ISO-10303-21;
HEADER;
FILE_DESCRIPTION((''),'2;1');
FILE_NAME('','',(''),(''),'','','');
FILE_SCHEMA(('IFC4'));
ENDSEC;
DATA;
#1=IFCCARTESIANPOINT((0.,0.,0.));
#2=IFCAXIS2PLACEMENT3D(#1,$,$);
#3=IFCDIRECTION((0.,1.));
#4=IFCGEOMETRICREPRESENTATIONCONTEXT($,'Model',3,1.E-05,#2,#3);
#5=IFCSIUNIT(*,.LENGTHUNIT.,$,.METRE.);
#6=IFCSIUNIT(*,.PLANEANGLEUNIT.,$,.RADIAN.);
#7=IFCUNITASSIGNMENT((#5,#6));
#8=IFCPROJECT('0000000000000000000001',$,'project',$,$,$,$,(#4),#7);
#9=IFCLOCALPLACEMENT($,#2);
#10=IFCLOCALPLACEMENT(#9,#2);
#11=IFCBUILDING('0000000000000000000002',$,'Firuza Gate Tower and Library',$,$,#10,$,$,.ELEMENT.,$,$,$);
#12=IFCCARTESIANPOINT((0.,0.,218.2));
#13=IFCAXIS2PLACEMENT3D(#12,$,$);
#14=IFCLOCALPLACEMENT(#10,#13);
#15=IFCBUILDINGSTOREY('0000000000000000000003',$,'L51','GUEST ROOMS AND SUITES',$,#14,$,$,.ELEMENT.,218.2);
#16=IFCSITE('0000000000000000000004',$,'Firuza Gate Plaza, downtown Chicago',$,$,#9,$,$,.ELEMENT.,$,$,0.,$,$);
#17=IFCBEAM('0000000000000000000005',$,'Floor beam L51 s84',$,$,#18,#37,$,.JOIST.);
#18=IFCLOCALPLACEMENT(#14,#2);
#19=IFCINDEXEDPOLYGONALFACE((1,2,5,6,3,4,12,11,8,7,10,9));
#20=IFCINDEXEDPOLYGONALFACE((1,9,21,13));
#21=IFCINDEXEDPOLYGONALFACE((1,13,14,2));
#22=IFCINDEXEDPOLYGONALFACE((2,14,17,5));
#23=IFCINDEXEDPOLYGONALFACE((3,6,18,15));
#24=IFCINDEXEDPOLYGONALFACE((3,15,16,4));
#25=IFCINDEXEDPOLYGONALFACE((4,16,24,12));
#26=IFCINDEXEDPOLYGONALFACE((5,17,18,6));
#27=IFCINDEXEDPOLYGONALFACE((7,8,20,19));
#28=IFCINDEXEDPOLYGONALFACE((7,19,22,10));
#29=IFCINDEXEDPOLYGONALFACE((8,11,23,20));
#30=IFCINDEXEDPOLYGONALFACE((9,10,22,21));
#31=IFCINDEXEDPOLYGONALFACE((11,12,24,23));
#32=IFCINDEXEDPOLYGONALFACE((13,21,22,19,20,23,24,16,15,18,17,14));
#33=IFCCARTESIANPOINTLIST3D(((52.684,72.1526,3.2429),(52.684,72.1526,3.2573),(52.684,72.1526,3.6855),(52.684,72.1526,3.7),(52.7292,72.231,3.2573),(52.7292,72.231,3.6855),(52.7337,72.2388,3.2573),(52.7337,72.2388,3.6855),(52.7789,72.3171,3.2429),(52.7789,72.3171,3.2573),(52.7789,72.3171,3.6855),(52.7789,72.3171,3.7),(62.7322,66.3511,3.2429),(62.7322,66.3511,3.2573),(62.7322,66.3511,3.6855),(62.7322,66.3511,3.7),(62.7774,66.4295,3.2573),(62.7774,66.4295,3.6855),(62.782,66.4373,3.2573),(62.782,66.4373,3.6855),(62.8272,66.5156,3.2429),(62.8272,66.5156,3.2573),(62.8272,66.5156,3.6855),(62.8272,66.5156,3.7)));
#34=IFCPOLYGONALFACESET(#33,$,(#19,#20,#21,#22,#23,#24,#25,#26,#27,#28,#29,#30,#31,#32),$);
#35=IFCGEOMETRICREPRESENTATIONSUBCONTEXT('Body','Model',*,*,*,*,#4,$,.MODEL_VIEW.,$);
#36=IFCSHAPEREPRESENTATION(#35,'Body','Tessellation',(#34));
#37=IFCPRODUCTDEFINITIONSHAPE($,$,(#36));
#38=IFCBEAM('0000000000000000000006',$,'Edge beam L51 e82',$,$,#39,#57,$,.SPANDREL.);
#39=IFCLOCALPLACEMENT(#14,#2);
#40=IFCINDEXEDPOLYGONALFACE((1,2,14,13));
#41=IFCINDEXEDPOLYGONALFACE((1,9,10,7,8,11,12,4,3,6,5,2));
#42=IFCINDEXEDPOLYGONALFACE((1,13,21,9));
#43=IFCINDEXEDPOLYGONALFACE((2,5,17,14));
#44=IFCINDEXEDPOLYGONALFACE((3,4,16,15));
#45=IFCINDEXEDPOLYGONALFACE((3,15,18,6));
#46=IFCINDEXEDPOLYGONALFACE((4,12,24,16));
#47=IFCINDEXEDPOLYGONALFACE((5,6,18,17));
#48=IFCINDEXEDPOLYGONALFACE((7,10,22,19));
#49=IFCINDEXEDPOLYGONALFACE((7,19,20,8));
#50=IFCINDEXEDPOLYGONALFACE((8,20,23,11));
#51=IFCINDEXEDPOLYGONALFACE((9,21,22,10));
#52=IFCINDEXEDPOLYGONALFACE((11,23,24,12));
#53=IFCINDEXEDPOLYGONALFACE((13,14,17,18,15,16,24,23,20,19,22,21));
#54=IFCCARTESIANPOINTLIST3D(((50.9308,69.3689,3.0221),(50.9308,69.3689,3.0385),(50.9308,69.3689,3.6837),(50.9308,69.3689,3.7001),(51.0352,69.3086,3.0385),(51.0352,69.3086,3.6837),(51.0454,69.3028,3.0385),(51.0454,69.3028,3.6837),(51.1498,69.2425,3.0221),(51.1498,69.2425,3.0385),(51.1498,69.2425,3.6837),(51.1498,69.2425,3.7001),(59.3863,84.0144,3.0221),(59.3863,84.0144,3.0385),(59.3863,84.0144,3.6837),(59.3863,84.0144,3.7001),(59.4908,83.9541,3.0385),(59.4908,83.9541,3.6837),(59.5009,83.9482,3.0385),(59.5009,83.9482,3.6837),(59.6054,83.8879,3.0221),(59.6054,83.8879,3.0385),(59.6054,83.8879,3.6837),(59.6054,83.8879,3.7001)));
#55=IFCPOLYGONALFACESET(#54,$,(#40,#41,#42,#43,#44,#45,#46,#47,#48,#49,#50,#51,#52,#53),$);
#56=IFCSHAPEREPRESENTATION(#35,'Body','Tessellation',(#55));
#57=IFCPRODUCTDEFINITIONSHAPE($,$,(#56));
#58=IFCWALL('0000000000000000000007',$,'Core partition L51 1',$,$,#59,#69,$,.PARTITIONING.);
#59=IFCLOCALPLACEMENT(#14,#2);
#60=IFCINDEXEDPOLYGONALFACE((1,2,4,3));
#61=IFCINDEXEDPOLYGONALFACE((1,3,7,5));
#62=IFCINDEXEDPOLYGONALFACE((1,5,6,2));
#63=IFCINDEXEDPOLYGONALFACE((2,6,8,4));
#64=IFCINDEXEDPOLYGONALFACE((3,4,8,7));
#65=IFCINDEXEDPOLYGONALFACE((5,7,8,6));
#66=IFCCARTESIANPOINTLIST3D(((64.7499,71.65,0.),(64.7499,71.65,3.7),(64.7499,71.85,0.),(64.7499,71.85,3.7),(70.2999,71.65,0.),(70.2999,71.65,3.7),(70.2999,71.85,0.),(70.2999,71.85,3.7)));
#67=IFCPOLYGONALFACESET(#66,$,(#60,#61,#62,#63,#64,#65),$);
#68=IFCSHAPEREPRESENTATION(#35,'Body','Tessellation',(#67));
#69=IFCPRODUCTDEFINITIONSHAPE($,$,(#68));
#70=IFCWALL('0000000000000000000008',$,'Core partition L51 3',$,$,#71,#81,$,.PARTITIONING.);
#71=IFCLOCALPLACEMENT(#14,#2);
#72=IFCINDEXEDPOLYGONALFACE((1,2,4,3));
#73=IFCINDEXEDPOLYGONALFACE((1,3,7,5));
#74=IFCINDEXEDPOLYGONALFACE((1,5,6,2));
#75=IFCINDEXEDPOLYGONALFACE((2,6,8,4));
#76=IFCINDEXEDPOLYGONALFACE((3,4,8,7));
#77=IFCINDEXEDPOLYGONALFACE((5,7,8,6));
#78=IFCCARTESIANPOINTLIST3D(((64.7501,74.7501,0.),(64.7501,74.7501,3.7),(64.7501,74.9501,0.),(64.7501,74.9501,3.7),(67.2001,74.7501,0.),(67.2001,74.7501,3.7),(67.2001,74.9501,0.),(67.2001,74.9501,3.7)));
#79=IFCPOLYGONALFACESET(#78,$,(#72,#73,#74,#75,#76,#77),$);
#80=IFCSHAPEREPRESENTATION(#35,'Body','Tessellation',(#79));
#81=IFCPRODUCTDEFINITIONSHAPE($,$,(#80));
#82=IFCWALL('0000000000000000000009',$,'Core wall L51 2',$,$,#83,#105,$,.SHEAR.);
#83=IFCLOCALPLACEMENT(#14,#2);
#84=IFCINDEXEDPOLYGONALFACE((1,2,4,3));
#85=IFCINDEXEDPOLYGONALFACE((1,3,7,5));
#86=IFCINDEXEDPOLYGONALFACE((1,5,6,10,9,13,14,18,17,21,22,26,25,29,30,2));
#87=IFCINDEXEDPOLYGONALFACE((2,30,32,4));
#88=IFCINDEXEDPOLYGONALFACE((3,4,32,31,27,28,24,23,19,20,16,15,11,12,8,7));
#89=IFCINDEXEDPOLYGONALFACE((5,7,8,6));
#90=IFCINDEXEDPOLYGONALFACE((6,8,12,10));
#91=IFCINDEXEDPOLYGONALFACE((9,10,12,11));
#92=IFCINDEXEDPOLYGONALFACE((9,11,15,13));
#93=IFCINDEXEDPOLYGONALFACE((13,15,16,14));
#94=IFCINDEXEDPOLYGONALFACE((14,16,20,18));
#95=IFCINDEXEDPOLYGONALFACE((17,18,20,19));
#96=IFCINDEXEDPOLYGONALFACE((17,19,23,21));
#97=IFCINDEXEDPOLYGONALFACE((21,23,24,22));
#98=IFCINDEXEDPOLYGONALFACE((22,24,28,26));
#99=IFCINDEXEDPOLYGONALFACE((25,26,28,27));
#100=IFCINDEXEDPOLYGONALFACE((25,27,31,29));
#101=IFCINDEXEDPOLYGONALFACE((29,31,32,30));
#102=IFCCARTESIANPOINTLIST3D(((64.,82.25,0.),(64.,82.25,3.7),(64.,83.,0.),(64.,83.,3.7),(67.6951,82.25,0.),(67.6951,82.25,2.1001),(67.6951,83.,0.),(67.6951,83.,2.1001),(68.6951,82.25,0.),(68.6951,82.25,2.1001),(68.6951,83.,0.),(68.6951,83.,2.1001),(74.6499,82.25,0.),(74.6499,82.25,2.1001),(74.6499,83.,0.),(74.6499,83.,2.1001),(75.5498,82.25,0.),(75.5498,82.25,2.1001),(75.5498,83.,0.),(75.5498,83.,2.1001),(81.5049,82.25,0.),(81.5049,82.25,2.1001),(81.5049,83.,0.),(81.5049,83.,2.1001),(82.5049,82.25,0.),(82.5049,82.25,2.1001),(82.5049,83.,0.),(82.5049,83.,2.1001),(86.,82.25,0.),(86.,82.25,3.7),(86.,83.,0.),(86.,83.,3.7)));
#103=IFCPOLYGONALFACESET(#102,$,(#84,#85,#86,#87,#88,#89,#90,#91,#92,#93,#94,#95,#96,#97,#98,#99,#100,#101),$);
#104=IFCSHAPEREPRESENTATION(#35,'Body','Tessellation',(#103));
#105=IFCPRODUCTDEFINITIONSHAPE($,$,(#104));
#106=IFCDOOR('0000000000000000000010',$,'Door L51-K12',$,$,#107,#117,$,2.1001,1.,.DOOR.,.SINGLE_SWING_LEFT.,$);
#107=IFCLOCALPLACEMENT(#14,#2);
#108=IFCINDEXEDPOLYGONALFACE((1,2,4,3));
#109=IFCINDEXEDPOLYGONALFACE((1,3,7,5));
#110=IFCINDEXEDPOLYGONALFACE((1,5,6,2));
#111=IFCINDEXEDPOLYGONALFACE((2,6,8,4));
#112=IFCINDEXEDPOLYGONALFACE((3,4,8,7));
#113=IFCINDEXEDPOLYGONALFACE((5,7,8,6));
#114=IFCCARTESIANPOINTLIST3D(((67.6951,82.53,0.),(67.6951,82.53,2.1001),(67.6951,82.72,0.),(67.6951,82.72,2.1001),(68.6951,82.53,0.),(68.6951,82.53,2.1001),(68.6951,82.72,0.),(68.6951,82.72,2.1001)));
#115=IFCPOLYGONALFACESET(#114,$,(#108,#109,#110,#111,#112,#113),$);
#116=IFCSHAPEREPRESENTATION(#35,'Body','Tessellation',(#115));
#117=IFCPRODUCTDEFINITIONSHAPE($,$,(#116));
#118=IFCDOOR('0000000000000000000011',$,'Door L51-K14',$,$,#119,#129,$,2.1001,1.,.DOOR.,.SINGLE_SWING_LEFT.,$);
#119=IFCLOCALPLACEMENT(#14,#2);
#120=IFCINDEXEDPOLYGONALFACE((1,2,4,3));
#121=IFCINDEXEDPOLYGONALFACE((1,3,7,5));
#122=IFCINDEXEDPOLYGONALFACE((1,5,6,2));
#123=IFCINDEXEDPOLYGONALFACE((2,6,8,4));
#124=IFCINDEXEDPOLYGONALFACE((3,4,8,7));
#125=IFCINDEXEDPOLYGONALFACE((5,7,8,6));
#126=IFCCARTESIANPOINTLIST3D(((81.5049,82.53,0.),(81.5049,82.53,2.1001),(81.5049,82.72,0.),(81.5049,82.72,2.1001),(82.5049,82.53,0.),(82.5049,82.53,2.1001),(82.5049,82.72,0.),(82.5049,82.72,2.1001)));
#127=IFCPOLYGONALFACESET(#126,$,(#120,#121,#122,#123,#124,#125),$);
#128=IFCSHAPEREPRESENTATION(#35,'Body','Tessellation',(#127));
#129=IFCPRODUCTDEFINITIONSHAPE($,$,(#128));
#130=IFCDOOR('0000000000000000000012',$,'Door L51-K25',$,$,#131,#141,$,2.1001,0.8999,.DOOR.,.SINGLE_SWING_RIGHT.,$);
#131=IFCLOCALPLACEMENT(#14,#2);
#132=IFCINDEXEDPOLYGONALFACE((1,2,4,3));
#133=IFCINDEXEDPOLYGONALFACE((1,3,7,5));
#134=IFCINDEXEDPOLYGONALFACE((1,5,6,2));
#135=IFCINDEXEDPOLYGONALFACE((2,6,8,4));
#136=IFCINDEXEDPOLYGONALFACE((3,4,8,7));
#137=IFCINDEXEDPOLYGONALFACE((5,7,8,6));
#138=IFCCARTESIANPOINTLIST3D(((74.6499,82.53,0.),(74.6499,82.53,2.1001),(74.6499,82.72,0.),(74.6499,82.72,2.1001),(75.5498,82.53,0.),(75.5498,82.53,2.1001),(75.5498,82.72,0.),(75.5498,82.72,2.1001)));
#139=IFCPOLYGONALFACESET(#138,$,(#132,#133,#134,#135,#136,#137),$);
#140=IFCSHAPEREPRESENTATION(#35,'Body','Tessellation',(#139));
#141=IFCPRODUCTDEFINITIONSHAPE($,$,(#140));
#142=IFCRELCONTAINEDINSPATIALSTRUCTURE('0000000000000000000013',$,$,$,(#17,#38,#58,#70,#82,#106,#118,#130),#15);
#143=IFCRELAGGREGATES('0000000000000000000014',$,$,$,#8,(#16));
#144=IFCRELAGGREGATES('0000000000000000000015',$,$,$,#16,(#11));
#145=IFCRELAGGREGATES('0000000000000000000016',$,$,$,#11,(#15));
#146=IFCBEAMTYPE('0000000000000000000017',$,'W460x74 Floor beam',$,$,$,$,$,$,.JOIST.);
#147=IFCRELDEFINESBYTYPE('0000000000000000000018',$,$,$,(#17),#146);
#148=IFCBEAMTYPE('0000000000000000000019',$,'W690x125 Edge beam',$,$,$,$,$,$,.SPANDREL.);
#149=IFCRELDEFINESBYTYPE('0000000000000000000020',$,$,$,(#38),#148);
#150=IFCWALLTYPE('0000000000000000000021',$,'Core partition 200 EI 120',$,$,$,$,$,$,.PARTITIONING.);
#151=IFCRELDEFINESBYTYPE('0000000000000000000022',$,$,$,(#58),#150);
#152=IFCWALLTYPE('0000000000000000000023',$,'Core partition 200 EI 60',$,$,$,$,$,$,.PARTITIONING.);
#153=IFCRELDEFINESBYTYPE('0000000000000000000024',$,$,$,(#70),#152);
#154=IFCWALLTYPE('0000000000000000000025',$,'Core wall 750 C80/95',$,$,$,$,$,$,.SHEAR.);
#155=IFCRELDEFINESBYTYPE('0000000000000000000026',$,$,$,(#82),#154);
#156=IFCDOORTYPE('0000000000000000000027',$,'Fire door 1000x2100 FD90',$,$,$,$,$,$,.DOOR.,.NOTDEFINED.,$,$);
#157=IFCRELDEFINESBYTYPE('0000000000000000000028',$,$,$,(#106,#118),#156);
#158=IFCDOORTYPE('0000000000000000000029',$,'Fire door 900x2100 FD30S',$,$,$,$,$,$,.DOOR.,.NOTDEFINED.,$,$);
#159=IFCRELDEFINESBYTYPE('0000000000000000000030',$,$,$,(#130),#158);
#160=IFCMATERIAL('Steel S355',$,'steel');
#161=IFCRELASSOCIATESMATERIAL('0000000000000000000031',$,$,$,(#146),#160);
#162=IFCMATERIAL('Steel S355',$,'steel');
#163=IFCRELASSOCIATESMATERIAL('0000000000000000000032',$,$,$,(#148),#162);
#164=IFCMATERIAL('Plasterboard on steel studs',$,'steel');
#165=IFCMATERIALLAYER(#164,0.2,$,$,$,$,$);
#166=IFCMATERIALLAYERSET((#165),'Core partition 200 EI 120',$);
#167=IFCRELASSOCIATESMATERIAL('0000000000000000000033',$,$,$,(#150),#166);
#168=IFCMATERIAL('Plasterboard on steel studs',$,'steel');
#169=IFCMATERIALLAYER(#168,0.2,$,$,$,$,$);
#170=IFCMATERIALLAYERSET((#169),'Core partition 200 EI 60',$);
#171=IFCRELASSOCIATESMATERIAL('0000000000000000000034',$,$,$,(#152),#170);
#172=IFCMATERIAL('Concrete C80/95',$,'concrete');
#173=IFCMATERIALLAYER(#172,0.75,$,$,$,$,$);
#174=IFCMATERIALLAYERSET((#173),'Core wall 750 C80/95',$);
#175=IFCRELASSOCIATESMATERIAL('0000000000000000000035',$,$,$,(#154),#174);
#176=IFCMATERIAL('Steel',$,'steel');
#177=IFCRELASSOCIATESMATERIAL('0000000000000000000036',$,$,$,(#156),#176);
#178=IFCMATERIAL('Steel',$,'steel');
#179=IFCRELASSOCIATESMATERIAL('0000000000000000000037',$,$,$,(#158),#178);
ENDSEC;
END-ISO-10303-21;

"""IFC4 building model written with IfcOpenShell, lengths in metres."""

from ifc_helpers import new_model, si_unit, direction, frame, frame_2d, origin, origin_2d, place, context, subcontext, project, spatial, rectangle, i_section, extrude, material, layer, layer_set, material_profile, profile_set, type_object, element, fill, save


model = new_model("IFC4")

# Units and contexts
model_context = context("Model", 3, precision=1e-05, world=origin(), true_north=direction((0.0, 1.0)))
body_context = subcontext(model_context, "Body", "Model", "MODEL_VIEW")
ifc_project = project(units=[si_unit("LENGTHUNIT", "METRE"), si_unit("PLANEANGLEUNIT", "RADIAN")], contexts=[model_context])

# Site, building, storey
site_placement = place(None, origin())
site = spatial("IfcSite", under=ifc_project, at=site_placement, Name="Firuza Gate Plaza, downtown Chicago", CompositionType="ELEMENT", RefElevation=0.0)
building_placement = place(site_placement, origin())
building = spatial("IfcBuilding", under=site, at=building_placement, Name="Firuza Gate Tower and Library", CompositionType="ELEMENT")
storey_placement = place(building_placement, frame((0.0, 0.0, 218.2)))
storey = spatial("IfcBuildingStorey", under=building, at=storey_placement, Name="L51", Description="GUEST ROOMS AND SUITES", CompositionType="ELEMENT", Elevation=218.2)

# Beams
ifc_material_1 = material(Name="Steel S355", Category="steel")
ifc_material_profile_1 = material_profile(ifc_material_1, i_section(OverallWidth=0.1899, OverallDepth=0.457, WebThickness=0.009, FlangeThickness=0.0144, at=origin_2d()))
ifc_profile_set_1 = profile_set([ifc_material_profile_1], Name="Steel S355")
beam_type_1 = type_object("IfcBeamType", Name="W460x74 Floor beam", PredefinedType="JOIST", material=ifc_profile_set_1)
beam_1_placement = place(storey_placement, frame((52.7314, 72.2349, 3.4714), z_axis=(0.866022, -0.500007, 0.0), x_axis=(0.500007, 0.866022, 0.0)))
element("IfcBeam", 1, at=beam_1_placement, inside=storey, type_object=beam_type_1, Name="Floor beam L51 s84", PredefinedType="JOIST", context=body_context, shape_type="SweptSolid", body=[
    extrude(i_section(OverallWidth=0.1899, OverallDepth=0.457, WebThickness=0.009, FlangeThickness=0.0144, at=origin_2d()), origin(), (0.0, 0.0, 1.0), 11.6028),
])
ifc_material_2 = material(Name="Steel S355", Category="steel")
ifc_material_profile_2 = material_profile(ifc_material_2, i_section(OverallWidth=0.2529, OverallDepth=0.678, WebThickness=0.0117, FlangeThickness=0.0164, at=origin_2d()))
ifc_profile_set_2 = profile_set([ifc_material_profile_2], Name="Steel S355")
beam_type_2 = type_object("IfcBeamType", Name="W690x125 Edge beam", PredefinedType="SPANDREL", material=ifc_profile_set_2)
beam_2_placement = place(storey_placement, frame((59.4958, 83.9512, 3.3611), z_axis=(-0.499999, -0.866026, 0.0), x_axis=(0.866026, -0.499999, 0.0)))
element("IfcBeam", 2, at=beam_2_placement, inside=storey, type_object=beam_type_2, Name="Edge beam L51 e82", PredefinedType="SPANDREL", context=body_context, shape_type="SweptSolid", body=[
    extrude(i_section(OverallWidth=0.2529, OverallDepth=0.678, WebThickness=0.0117, FlangeThickness=0.0164, at=origin_2d()), origin(), (0.0, 0.0, 1.0), 16.9111),
])

# Walls
ifc_material_3 = material(Name="Plasterboard on steel studs", Category="steel")
ifc_layer_1 = layer(ifc_material_3, 0.2)
ifc_layer_set_1 = layer_set([ifc_layer_1], Name="Core partition 200 EI 120")
wall_type_1 = type_object("IfcWallType", Name="Core partition 200 EI 120", PredefinedType="PARTITIONING", material=ifc_layer_set_1)
wall_1_placement = place(storey_placement, frame((64.75, 71.75, 0.0), z_axis=(0.0, 0.0, 1.0), x_axis=(1.0, 0.0, 0.0)))
element("IfcWall", 3, at=wall_1_placement, inside=storey, type_object=wall_type_1, Name="Core partition L51 1", PredefinedType="PARTITIONING", context=body_context, shape_type="SweptSolid", body=[
    extrude(rectangle(XDim=5.55, YDim=0.2, at=frame_2d((2.7749, 0.0))), origin(), (0.0, 0.0, 1.0), 3.7),
])
ifc_material_4 = material(Name="Plasterboard on steel studs", Category="steel")
ifc_layer_2 = layer(ifc_material_4, 0.2)
ifc_layer_set_2 = layer_set([ifc_layer_2], Name="Core partition 200 EI 60")
wall_type_2 = type_object("IfcWallType", Name="Core partition 200 EI 60", PredefinedType="PARTITIONING", material=ifc_layer_set_2)
wall_2_placement = place(storey_placement, frame((64.75, 74.8501, 0.0), z_axis=(0.0, 0.0, 1.0), x_axis=(1.0, 0.0, 0.0)))
element("IfcWall", 4, at=wall_2_placement, inside=storey, type_object=wall_type_2, Name="Core partition L51 3", PredefinedType="PARTITIONING", context=body_context, shape_type="SweptSolid", body=[
    extrude(rectangle(XDim=2.45, YDim=0.2, at=frame_2d((1.2251, 0.0))), origin(), (0.0, 0.0, 1.0), 3.7),
])

# Wall, openings, doors
ifc_material_5 = material(Name="Concrete C80/95", Category="concrete")
ifc_layer_3 = layer(ifc_material_5, 0.75)
ifc_layer_set_3 = layer_set([ifc_layer_3], Name="Core wall 750 C80/95")
wall_type_3 = type_object("IfcWallType", Name="Core wall 750 C80/95", PredefinedType="SHEAR", material=ifc_layer_set_3)
wall_3_placement = place(storey_placement, frame((64.0, 82.625, 0.0), z_axis=(0.0, 0.0, 1.0), x_axis=(1.0, 0.0, 0.0)))
wall_3 = element("IfcWall", 5, at=wall_3_placement, inside=storey, type_object=wall_type_3, Name="Core wall L51 2", PredefinedType="SHEAR", context=body_context, shape_type="SweptSolid", body=[
    extrude(rectangle(XDim=22.0, YDim=0.75, at=frame_2d((11.0, 0.0))), origin(), (0.0, 0.0, 1.0), 3.7),
])
opening_1_placement = place(wall_3_placement, frame((3.6951, 0.0, 0.0)))
opening_1 = element("IfcOpeningElement", 6, at=opening_1_placement, cuts=wall_3, PredefinedType="OPENING", context=body_context, shape_type="SweptSolid", body=[
    extrude(rectangle(XDim=1.0, YDim=2.1001, at=frame_2d((0.5, 1.05))), frame((0.0, 0.385, 0.0), z_axis=(0.0, -1.0, 0.0), x_axis=(1.0, 0.0, 0.0)), (0.0, 0.0, 1.0), 0.77),
])
opening_2_placement = place(wall_3_placement, frame((17.5049, 0.0, 0.0)))
opening_2 = element("IfcOpeningElement", 7, at=opening_2_placement, cuts=wall_3, PredefinedType="OPENING", context=body_context, shape_type="SweptSolid", body=[
    extrude(rectangle(XDim=1.0, YDim=2.1001, at=frame_2d((0.5, 1.05))), frame((0.0, 0.385, 0.0), z_axis=(0.0, -1.0, 0.0), x_axis=(1.0, 0.0, 0.0)), (0.0, 0.0, 1.0), 0.77),
])
opening_3_placement = place(wall_3_placement, frame((10.6499, 0.0, 0.0)))
opening_3 = element("IfcOpeningElement", 8, at=opening_3_placement, cuts=wall_3, PredefinedType="OPENING", context=body_context, shape_type="SweptSolid", body=[
    extrude(rectangle(XDim=0.8999, YDim=2.1001, at=frame_2d((0.45, 1.05))), frame((0.0, 0.385, 0.0), z_axis=(0.0, -1.0, 0.0), x_axis=(1.0, 0.0, 0.0)), (0.0, 0.0, 1.0), 0.77),
])
ifc_material_6 = material(Name="Steel", Category="steel")
door_type_1 = type_object("IfcDoorType", Name="Fire door 1000x2100 FD90", OperationType="NOTDEFINED", PredefinedType="DOOR", material=ifc_material_6)
door_1_placement = place(opening_1_placement, origin())
door_1 = element("IfcDoor", 9, at=door_1_placement, inside=storey, type_object=door_type_1, Name="Door L51-K12", OperationType="SINGLE_SWING_LEFT", OverallHeight=2.1001, OverallWidth=1.0, PredefinedType="DOOR", context=body_context, shape_type="SweptSolid", body=[
    extrude(rectangle(XDim=1.0, YDim=2.1001, at=frame_2d((0.5, 1.05))), frame((0.0, 0.095, 0.0), z_axis=(0.0, -1.0, 0.0), x_axis=(1.0, 0.0, 0.0)), (0.0, 0.0, 1.0), 0.1899),
])
fill(opening_1, door_1)
door_2_placement = place(opening_2_placement, origin())
door_2 = element("IfcDoor", 10, at=door_2_placement, inside=storey, type_object=door_type_1, Name="Door L51-K14", OperationType="SINGLE_SWING_LEFT", OverallHeight=2.1001, OverallWidth=1.0, PredefinedType="DOOR", context=body_context, shape_type="SweptSolid", body=[
    extrude(rectangle(XDim=1.0, YDim=2.1001, at=frame_2d((0.5, 1.05))), frame((0.0, 0.095, 0.0), z_axis=(0.0, -1.0, 0.0), x_axis=(1.0, 0.0, 0.0)), (0.0, 0.0, 1.0), 0.1899),
])
fill(opening_2, door_2)
ifc_material_7 = material(Name="Steel", Category="steel")
door_type_2 = type_object("IfcDoorType", Name="Fire door 900x2100 FD30S", OperationType="NOTDEFINED", PredefinedType="DOOR", material=ifc_material_7)
door_3_placement = place(opening_3_placement, origin())
door_3 = element("IfcDoor", 11, at=door_3_placement, inside=storey, type_object=door_type_2, Name="Door L51-K25", OperationType="SINGLE_SWING_RIGHT", OverallHeight=2.1001, OverallWidth=0.8999, PredefinedType="DOOR", context=body_context, shape_type="SweptSolid", body=[
    extrude(rectangle(XDim=0.8999, YDim=2.1001, at=frame_2d((0.45, 1.05))), frame((0.0, 0.095, 0.0), z_axis=(0.0, -1.0, 0.0), x_axis=(1.0, 0.0, 0.0)), (0.0, 0.0, 1.0), 0.1899),
])
fill(opening_3, door_3)

save(model, "model.ifc")
